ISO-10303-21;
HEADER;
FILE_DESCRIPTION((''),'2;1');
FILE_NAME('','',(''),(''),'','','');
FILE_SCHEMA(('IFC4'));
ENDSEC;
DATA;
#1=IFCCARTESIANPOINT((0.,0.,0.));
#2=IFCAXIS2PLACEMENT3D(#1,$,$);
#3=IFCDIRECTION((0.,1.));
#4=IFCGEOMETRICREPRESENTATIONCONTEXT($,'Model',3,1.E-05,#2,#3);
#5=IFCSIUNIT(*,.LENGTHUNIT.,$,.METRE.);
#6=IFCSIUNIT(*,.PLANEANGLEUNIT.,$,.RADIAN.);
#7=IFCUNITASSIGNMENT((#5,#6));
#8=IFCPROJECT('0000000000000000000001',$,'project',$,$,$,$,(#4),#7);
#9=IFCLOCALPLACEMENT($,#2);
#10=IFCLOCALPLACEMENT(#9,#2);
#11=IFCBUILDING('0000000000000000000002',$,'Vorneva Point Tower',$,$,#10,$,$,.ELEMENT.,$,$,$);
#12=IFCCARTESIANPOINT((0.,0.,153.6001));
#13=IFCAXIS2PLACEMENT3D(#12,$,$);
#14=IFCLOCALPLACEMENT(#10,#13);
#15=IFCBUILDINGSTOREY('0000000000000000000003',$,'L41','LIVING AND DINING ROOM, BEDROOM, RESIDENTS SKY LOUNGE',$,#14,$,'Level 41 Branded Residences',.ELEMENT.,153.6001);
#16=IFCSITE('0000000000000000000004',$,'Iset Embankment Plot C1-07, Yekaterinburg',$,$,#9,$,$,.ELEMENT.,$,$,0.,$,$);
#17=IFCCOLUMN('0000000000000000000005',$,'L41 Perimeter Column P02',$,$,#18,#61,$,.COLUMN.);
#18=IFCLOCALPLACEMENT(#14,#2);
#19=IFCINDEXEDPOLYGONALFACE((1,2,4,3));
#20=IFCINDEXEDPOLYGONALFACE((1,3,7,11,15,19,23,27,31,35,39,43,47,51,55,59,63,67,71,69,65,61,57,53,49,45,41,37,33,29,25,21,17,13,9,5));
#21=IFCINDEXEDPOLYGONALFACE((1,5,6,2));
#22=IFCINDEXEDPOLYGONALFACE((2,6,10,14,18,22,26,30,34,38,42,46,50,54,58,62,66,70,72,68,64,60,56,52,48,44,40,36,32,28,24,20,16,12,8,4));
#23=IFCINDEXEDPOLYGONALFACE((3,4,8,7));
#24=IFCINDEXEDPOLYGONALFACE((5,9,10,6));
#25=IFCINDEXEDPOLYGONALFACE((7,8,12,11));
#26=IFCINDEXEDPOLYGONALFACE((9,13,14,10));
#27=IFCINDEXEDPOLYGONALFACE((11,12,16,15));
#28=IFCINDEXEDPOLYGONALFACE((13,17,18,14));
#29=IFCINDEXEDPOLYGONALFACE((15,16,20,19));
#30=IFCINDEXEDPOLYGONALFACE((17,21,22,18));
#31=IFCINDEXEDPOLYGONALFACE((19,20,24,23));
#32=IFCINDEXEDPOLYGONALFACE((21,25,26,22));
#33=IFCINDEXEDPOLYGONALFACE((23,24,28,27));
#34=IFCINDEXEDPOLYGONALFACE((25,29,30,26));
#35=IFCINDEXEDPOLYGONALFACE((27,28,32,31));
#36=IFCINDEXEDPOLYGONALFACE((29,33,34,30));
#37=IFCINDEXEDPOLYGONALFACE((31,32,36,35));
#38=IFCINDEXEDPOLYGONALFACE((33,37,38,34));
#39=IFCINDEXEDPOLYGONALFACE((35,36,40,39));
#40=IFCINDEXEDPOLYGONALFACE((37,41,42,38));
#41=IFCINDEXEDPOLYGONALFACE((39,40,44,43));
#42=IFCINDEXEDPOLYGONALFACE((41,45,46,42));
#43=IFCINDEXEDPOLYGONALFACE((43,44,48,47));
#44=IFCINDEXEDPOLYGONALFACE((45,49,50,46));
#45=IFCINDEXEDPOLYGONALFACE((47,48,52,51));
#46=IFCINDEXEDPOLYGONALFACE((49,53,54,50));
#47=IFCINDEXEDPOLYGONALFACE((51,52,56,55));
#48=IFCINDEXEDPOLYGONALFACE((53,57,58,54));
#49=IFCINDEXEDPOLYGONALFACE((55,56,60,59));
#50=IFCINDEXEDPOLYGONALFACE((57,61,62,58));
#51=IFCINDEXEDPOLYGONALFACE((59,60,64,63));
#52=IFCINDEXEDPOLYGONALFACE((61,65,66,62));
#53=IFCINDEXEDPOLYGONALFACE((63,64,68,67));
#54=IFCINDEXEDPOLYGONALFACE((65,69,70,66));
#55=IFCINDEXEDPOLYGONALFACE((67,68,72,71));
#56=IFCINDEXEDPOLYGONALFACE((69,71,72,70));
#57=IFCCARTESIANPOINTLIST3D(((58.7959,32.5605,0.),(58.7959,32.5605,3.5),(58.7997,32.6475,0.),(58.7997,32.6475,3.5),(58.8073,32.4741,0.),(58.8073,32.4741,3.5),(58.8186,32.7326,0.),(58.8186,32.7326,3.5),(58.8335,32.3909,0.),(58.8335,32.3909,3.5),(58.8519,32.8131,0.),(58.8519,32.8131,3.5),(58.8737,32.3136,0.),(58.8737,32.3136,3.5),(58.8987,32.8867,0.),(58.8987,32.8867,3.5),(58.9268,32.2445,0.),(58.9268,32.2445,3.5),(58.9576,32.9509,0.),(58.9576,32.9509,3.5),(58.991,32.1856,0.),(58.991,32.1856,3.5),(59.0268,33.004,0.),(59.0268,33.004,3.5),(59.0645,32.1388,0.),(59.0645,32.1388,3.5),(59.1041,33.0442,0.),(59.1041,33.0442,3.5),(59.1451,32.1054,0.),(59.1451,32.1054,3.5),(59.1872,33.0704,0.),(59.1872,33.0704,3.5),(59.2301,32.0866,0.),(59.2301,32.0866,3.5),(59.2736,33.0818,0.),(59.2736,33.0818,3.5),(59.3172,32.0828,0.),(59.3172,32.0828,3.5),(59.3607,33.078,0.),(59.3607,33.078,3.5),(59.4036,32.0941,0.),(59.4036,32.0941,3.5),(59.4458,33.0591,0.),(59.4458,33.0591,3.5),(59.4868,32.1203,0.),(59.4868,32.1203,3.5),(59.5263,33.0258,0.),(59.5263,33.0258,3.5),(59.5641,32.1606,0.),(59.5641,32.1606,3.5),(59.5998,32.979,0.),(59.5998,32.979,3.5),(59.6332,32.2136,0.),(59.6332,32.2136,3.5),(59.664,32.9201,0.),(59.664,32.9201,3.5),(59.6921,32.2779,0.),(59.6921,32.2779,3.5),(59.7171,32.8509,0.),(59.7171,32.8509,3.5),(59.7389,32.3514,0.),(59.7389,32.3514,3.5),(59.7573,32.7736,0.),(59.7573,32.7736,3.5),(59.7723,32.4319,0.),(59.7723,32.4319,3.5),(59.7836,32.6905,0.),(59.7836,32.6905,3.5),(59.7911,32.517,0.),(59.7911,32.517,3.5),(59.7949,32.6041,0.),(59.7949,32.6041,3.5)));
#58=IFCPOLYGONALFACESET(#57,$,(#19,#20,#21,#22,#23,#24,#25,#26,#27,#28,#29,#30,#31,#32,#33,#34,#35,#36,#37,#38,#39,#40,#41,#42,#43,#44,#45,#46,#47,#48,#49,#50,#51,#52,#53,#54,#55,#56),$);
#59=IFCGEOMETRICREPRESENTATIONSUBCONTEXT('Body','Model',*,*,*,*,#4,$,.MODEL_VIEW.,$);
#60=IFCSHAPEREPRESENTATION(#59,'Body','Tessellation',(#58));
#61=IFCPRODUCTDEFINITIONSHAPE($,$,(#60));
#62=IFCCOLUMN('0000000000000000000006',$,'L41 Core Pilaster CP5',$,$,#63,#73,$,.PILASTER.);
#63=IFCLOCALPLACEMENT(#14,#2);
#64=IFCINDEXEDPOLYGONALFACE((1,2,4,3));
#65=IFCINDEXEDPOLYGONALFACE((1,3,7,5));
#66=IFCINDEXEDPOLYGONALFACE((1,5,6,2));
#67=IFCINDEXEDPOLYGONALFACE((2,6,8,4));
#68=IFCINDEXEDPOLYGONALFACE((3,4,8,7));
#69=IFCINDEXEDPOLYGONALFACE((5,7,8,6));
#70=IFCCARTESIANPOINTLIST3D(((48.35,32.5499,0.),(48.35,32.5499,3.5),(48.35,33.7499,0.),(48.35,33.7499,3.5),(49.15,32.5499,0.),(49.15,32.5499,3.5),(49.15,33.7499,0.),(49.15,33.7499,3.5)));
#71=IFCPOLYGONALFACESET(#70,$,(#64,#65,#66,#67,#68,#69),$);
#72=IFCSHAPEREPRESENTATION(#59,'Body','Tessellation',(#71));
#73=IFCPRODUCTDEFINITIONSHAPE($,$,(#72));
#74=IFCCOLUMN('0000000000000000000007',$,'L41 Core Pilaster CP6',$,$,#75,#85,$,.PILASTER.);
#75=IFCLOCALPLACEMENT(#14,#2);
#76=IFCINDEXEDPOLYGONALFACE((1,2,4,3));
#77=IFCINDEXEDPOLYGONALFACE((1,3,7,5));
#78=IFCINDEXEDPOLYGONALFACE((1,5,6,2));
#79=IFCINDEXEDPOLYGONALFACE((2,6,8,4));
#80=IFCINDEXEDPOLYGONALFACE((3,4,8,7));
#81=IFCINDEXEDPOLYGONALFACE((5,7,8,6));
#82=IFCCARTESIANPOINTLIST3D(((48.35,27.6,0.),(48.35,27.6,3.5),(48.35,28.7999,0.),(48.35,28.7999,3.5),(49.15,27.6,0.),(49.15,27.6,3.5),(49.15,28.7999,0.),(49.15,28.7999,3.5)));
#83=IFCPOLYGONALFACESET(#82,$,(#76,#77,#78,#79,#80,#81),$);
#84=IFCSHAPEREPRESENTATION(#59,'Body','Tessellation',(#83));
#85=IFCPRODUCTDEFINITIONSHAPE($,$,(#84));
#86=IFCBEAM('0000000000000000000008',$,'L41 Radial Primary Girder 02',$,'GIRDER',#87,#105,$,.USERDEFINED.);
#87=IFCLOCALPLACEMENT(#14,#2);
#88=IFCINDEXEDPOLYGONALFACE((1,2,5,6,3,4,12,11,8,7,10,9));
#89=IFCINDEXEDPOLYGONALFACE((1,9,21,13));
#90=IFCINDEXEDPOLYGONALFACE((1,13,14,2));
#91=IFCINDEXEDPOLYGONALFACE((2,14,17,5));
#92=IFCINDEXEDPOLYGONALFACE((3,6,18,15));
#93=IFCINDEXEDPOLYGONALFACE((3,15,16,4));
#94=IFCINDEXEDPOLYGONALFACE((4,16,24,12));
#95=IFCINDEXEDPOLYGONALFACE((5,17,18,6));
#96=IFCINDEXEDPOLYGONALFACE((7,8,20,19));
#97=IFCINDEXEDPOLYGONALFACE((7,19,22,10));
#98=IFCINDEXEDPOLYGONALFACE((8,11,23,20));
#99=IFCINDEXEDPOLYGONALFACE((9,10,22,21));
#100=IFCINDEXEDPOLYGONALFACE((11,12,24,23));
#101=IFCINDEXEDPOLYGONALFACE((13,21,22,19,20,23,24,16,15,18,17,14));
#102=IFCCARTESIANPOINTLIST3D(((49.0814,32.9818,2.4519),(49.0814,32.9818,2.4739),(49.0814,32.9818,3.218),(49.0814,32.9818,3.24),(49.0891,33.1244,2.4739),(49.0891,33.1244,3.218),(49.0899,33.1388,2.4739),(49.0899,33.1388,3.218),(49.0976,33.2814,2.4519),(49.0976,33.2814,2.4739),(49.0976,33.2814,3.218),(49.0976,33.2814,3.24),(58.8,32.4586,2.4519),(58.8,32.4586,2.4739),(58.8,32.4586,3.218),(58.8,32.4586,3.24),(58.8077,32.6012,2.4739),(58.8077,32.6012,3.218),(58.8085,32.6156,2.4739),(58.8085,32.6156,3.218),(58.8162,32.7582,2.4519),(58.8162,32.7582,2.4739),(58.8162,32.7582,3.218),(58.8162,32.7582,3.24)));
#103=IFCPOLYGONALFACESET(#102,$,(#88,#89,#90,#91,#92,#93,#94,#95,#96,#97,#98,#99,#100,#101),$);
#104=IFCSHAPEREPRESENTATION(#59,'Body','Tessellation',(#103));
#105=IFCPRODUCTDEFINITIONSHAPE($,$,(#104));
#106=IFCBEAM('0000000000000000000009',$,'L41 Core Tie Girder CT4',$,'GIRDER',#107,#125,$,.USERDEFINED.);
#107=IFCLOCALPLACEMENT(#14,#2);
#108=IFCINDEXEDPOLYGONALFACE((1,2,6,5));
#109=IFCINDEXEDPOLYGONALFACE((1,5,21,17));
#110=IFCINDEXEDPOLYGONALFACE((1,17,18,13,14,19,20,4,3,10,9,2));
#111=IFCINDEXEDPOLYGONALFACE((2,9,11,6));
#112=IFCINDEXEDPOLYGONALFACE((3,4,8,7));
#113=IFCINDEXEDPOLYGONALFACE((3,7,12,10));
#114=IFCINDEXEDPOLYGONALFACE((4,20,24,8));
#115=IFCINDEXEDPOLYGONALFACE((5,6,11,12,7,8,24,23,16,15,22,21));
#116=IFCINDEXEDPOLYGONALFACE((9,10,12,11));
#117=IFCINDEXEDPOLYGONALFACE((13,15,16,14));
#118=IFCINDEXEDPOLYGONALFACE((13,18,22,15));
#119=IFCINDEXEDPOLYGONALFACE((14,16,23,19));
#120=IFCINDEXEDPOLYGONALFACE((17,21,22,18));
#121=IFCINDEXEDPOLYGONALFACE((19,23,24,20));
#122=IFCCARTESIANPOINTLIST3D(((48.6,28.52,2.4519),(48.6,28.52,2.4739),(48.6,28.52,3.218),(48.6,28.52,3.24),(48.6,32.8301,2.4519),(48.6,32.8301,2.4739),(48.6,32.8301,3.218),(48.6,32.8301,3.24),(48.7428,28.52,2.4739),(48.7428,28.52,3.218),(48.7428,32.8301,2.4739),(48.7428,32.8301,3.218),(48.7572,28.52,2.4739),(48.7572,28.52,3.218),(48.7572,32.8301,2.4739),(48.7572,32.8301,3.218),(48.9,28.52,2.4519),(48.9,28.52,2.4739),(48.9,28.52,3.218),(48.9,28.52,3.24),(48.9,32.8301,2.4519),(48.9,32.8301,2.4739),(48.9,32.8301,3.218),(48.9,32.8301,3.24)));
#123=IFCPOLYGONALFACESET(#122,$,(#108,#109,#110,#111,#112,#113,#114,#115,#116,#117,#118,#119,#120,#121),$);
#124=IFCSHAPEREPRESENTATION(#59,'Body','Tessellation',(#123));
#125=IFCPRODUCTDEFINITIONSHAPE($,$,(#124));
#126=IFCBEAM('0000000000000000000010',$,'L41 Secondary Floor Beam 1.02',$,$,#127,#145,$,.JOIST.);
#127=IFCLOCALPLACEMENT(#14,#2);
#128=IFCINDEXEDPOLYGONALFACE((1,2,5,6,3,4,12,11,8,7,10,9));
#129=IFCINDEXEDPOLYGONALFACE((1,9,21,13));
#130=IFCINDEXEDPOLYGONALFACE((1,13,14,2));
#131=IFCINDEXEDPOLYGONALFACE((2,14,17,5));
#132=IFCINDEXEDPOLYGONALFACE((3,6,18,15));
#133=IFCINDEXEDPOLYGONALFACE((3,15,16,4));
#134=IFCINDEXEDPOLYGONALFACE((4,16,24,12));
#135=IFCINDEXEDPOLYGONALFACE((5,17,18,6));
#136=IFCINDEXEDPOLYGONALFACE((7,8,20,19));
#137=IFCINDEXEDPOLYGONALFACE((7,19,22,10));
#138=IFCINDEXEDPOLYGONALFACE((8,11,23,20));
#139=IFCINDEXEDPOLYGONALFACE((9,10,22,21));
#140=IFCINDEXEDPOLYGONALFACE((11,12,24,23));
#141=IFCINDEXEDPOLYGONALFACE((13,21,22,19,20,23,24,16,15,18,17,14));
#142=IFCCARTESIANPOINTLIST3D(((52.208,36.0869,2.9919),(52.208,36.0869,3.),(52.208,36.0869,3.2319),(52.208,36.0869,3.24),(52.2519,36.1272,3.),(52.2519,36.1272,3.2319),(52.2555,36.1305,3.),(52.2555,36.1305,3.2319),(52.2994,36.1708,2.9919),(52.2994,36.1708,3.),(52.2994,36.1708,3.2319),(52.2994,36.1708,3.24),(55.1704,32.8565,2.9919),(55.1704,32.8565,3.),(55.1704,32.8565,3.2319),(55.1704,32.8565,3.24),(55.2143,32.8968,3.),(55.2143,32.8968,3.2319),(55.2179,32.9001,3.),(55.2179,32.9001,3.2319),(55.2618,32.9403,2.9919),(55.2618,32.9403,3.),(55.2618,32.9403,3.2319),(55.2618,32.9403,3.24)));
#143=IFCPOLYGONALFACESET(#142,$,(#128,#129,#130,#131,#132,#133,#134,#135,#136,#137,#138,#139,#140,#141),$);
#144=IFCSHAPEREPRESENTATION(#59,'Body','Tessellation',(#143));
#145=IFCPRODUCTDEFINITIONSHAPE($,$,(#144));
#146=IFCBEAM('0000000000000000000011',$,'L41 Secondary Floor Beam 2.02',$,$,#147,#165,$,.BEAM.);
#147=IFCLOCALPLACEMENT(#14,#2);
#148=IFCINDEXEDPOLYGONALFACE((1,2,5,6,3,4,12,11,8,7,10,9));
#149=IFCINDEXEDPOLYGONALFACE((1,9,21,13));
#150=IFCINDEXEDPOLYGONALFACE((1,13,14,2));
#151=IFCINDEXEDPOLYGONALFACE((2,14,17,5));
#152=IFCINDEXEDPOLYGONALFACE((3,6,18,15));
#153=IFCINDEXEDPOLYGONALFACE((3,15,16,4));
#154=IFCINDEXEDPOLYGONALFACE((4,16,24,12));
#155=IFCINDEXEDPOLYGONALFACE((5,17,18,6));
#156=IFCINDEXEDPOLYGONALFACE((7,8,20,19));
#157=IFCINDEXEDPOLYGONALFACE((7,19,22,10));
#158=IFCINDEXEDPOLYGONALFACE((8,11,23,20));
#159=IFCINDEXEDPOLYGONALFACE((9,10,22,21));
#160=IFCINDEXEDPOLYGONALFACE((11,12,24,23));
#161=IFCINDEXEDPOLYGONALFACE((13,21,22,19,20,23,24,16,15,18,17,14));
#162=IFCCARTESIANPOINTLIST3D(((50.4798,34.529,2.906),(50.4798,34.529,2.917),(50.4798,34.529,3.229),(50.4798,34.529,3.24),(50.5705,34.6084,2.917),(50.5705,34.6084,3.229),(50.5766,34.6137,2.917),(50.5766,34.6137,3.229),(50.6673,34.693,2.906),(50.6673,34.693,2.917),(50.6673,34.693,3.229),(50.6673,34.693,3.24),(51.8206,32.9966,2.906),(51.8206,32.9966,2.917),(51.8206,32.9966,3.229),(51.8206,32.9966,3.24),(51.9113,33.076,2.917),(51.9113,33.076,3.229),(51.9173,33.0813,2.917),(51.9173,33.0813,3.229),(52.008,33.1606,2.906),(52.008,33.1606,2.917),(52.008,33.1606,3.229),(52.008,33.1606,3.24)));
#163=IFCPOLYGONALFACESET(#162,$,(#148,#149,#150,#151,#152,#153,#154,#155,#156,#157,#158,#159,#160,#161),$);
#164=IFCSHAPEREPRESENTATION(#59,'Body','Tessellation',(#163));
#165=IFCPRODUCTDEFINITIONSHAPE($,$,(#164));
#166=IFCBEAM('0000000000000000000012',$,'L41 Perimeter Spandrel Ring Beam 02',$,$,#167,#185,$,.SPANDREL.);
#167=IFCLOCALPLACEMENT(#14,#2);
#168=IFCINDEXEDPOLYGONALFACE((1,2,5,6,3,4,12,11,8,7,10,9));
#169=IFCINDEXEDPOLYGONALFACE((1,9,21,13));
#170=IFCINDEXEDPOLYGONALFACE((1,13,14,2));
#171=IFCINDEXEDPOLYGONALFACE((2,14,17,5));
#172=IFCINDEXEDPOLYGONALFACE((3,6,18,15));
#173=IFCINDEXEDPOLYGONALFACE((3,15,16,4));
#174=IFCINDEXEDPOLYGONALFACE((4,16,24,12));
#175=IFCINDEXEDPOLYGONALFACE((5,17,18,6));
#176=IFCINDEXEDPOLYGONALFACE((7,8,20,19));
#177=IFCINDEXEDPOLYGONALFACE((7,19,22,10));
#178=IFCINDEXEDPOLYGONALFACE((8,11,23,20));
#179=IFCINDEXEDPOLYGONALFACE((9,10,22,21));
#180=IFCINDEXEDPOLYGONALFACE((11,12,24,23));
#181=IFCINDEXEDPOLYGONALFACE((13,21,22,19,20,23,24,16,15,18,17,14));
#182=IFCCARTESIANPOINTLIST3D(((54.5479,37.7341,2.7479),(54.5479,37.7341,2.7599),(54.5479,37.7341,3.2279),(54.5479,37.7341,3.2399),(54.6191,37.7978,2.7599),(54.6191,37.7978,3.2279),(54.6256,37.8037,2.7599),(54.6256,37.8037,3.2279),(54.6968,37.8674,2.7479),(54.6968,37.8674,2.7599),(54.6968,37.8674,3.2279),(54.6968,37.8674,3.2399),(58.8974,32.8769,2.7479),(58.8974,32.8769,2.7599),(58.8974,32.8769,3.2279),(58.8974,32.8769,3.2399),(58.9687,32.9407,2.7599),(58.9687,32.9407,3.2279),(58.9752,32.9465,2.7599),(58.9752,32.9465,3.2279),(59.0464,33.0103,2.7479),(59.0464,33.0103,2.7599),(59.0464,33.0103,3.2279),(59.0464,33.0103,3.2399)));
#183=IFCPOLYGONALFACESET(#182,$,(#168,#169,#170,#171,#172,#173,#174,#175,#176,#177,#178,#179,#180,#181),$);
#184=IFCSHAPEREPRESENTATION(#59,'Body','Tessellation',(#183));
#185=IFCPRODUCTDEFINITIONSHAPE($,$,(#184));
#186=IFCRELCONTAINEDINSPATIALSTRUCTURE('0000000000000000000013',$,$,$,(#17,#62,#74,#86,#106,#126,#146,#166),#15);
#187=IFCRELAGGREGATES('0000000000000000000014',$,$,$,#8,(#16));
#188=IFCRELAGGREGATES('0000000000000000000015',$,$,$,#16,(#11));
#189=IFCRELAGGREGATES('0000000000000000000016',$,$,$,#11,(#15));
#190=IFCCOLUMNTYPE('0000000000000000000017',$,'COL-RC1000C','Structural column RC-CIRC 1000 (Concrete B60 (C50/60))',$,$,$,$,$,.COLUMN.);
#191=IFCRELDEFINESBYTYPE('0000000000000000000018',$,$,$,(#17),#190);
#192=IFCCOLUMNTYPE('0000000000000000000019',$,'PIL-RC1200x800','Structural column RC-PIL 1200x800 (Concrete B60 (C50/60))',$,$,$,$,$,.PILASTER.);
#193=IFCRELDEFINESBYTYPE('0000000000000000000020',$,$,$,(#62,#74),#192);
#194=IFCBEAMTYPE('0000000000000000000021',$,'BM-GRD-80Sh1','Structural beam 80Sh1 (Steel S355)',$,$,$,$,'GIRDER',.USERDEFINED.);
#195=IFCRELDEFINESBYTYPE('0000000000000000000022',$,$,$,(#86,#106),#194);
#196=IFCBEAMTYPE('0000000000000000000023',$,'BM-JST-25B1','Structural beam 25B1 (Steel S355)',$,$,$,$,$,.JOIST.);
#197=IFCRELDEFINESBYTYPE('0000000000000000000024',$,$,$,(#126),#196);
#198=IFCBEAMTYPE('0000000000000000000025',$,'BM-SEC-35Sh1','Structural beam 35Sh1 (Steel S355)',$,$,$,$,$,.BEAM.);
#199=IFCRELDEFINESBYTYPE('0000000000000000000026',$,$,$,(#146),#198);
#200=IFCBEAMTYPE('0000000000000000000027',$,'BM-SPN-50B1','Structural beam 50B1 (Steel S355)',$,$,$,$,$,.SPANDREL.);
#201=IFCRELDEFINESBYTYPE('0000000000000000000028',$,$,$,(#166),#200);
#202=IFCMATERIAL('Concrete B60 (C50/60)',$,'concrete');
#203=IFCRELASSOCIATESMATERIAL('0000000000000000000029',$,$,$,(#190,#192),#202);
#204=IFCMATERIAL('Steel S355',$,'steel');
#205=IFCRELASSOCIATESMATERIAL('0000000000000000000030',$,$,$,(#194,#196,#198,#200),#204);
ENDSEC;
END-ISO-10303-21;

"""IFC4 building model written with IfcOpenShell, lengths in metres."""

from ifc_helpers import new_model, si_unit, direction, frame, origin, origin_2d, place, context, subcontext, project, spatial, rectangle, circle, i_section, extrude, material, material_profile, profile_set, type_object, element, save


model = new_model("IFC4")

# Units and contexts
model_context = context("Model", 3, precision=1e-05, world=origin(), true_north=direction((0.0, 1.0)))
body_context = subcontext(model_context, "Body", "Model", "MODEL_VIEW")
ifc_project = project(units=[si_unit("LENGTHUNIT", "METRE"), si_unit("PLANEANGLEUNIT", "RADIAN")], contexts=[model_context])

# Site, building, storey
site_placement = place(None, origin())
site = spatial("IfcSite", under=ifc_project, at=site_placement, Name="Iset Embankment Plot C1-07, Yekaterinburg", CompositionType="ELEMENT", RefElevation=0.0)
building_placement = place(site_placement, origin())
building = spatial("IfcBuilding", under=site, at=building_placement, Name="Vorneva Point Tower", CompositionType="ELEMENT")
storey_placement = place(building_placement, frame((0.0, 0.0, 153.6001)))
storey = spatial("IfcBuildingStorey", under=building, at=storey_placement, Name="L41", Description="LIVING AND DINING ROOM, BEDROOM, RESIDENTS SKY LOUNGE", LongName="Level 41 Branded Residences", CompositionType="ELEMENT", Elevation=153.6001)

# Columns
ifc_material_1 = material(Name="Concrete B60 (C50/60)", Category="concrete")
ifc_material_profile_1 = material_profile(ifc_material_1, circle(Radius=0.5, at=origin_2d()), Name="RC-CIRC 1000")
ifc_profile_set_1 = profile_set([ifc_material_profile_1], Name="Concrete B60 (C50/60)")
column_type_1 = type_object("IfcColumnType", Name="COL-RC1000C", Description="Structural column RC-CIRC 1000 (Concrete B60 (C50/60))", PredefinedType="COLUMN", material=ifc_profile_set_1)
column_placement = place(storey_placement, frame((59.2954, 32.5823, 0.0), z_axis=(0.0, 0.0, 1.0), x_axis=(0.92388, 0.382683, 0.0)))
element("IfcColumn", 1, at=column_placement, inside=storey, type_object=column_type_1, Name="L41 Perimeter Column P02", PredefinedType="COLUMN", context=body_context, shape_type="SweptSolid", body=[
    extrude(circle(Radius=0.5, at=origin_2d()), origin(), (0.0, 0.0, 1.0), 3.5),
])
ifc_material_profile_2 = material_profile(ifc_material_1, rectangle(XDim=0.8, YDim=1.2, at=origin_2d()), Name="RC-PIL 1200x800")
ifc_profile_set_2 = profile_set([ifc_material_profile_2], Name="Concrete B60 (C50/60)")
column_type_2 = type_object("IfcColumnType", Name="PIL-RC1200x800", Description="Structural column RC-PIL 1200x800 (Concrete B60 (C50/60))", PredefinedType="PILASTER", material=ifc_profile_set_2)
for number, where, z_axis, x_axis, name in (
    (2, (48.75, 33.1499, 0.0), (0.0, 0.0, 1.0), (1.0, 0.0, 0.0), "L41 Core Pilaster CP5"),
    (3, (48.75, 28.2, 0.0), (0.0, 0.0, 1.0), (1.0, 0.0, 0.0), "L41 Core Pilaster CP6"),
):
    element("IfcColumn", number, at=place(storey_placement, frame(where, z_axis=z_axis, x_axis=x_axis)), inside=storey, type_object=column_type_2, Name=name, PredefinedType="PILASTER", context=body_context, shape_type="SweptSolid", body=[
        extrude(rectangle(XDim=0.8, YDim=1.2, at=origin_2d()), origin(), (0.0, 0.0, 1.0), 3.5),
    ])

# Beams
ifc_material_2 = material(Name="Steel S355", Category="steel")
ifc_material_profile_3 = material_profile(ifc_material_2, i_section(OverallWidth=0.3, OverallDepth=0.7881, WebThickness=0.0144, FlangeThickness=0.022, at=origin_2d()), Name="80Sh1")
ifc_profile_set_3 = profile_set([ifc_material_profile_3], Name="Steel S355")
beam_type_1 = type_object("IfcBeamType", Name="BM-GRD-80Sh1", Description="Structural beam 80Sh1 (Steel S355)", ElementType="GIRDER", PredefinedType="USERDEFINED", material=ifc_profile_set_3)
beam_1_placement = place(storey_placement, frame((58.8081, 32.6084, 2.8459), z_axis=(-0.998554, 0.053757, 0.0), x_axis=(-0.053757, -0.998554, 0.0)))
element("IfcBeam", 4, at=beam_1_placement, inside=storey, type_object=beam_type_1, Name="L41 Radial Primary Girder 02", ObjectType="GIRDER", PredefinedType="USERDEFINED", context=body_context, shape_type="SweptSolid", body=[
    extrude(i_section(OverallWidth=0.3, OverallDepth=0.7881, WebThickness=0.0144, FlangeThickness=0.022, at=origin_2d()), origin(), (0.0, 0.0, 1.0), 9.7327),
])
beam_2_placement = place(storey_placement, frame((48.75, 28.52, 2.8459), z_axis=(0.0, 1.0, 0.0), x_axis=(-1.0, 0.0, 0.0)))
element("IfcBeam", 5, at=beam_2_placement, inside=storey, type_object=beam_type_1, Name="L41 Core Tie Girder CT4", ObjectType="GIRDER", PredefinedType="USERDEFINED", context=body_context, shape_type="SweptSolid", body=[
    extrude(i_section(OverallWidth=0.3, OverallDepth=0.7881, WebThickness=0.0144, FlangeThickness=0.022, at=origin_2d()), origin(), (0.0, 0.0, 1.0), 4.3101),
])
ifc_material_profile_4 = material_profile(ifc_material_2, i_section(OverallWidth=0.124, OverallDepth=0.248, WebThickness=0.0049, FlangeThickness=0.0081, at=origin_2d()), Name="25B1")
ifc_profile_set_4 = profile_set([ifc_material_profile_4], Name="Steel S355")
beam_type_2 = type_object("IfcBeamType", Name="BM-JST-25B1", Description="Structural beam 25B1 (Steel S355)", PredefinedType="JOIST", material=ifc_profile_set_4)
beam_3_placement = place(storey_placement, frame((55.2161, 32.8984, 3.116), z_axis=(-0.675866, 0.737025, 0.0), x_axis=(-0.737025, -0.675866, 0.0)))
element("IfcBeam", 6, at=beam_3_placement, inside=storey, type_object=beam_type_2, Name="L41 Secondary Floor Beam 1.02", PredefinedType="JOIST", context=body_context, shape_type="SweptSolid", body=[
    extrude(i_section(OverallWidth=0.124, OverallDepth=0.248, WebThickness=0.0049, FlangeThickness=0.0081, at=origin_2d()), origin(), (0.0, 0.0, 1.0), 4.3831),
])
ifc_material_profile_5 = material_profile(ifc_material_2, i_section(OverallWidth=0.249, OverallDepth=0.334, WebThickness=0.0081, FlangeThickness=0.011, at=origin_2d()), Name="35Sh1")
ifc_profile_set_5 = profile_set([ifc_material_profile_5], Name="Steel S355")
beam_type_3 = type_object("IfcBeamType", Name="BM-SEC-35Sh1", Description="Structural beam 35Sh1 (Steel S355)", PredefinedType="BEAM", material=ifc_profile_set_5)
beam_4_placement = place(storey_placement, frame((51.9143, 33.0786, 3.073), z_axis=(-0.658479, 0.752599, 0.0), x_axis=(-0.752599, -0.658479, 0.0)))
element("IfcBeam", 7, at=beam_4_placement, inside=storey, type_object=beam_type_3, Name="L41 Secondary Floor Beam 2.02", PredefinedType="BEAM", context=body_context, shape_type="SweptSolid", body=[
    extrude(i_section(OverallWidth=0.249, OverallDepth=0.334, WebThickness=0.0081, FlangeThickness=0.011, at=origin_2d()), origin(), (0.0, 0.0, 1.0), 2.0361),
])
ifc_material_profile_6 = material_profile(ifc_material_2, i_section(OverallWidth=0.2, OverallDepth=0.4919, WebThickness=0.0088, FlangeThickness=0.012, at=origin_2d()), Name="50B1")
ifc_profile_set_6 = profile_set([ifc_material_profile_6], Name="Steel S355")
beam_type_4 = type_object("IfcBeamType", Name="BM-SPN-50B1", Description="Structural beam 50B1 (Steel S355)", PredefinedType="SPANDREL", material=ifc_profile_set_6)
beam_5_placement = place(storey_placement, frame((58.9719, 32.9436, 2.9939), z_axis=(-0.667111, 0.744958, 0.0), x_axis=(-0.744958, -0.667111, 0.0)))
element("IfcBeam", 8, at=beam_5_placement, inside=storey, type_object=beam_type_4, Name="L41 Perimeter Spandrel Ring Beam 02", PredefinedType="SPANDREL", context=body_context, shape_type="SweptSolid", body=[
    extrude(i_section(OverallWidth=0.2, OverallDepth=0.4919, WebThickness=0.0088, FlangeThickness=0.012, at=origin_2d()), origin(), (0.0, 0.0, 1.0), 6.52),
])

save(model, "model.ifc")
